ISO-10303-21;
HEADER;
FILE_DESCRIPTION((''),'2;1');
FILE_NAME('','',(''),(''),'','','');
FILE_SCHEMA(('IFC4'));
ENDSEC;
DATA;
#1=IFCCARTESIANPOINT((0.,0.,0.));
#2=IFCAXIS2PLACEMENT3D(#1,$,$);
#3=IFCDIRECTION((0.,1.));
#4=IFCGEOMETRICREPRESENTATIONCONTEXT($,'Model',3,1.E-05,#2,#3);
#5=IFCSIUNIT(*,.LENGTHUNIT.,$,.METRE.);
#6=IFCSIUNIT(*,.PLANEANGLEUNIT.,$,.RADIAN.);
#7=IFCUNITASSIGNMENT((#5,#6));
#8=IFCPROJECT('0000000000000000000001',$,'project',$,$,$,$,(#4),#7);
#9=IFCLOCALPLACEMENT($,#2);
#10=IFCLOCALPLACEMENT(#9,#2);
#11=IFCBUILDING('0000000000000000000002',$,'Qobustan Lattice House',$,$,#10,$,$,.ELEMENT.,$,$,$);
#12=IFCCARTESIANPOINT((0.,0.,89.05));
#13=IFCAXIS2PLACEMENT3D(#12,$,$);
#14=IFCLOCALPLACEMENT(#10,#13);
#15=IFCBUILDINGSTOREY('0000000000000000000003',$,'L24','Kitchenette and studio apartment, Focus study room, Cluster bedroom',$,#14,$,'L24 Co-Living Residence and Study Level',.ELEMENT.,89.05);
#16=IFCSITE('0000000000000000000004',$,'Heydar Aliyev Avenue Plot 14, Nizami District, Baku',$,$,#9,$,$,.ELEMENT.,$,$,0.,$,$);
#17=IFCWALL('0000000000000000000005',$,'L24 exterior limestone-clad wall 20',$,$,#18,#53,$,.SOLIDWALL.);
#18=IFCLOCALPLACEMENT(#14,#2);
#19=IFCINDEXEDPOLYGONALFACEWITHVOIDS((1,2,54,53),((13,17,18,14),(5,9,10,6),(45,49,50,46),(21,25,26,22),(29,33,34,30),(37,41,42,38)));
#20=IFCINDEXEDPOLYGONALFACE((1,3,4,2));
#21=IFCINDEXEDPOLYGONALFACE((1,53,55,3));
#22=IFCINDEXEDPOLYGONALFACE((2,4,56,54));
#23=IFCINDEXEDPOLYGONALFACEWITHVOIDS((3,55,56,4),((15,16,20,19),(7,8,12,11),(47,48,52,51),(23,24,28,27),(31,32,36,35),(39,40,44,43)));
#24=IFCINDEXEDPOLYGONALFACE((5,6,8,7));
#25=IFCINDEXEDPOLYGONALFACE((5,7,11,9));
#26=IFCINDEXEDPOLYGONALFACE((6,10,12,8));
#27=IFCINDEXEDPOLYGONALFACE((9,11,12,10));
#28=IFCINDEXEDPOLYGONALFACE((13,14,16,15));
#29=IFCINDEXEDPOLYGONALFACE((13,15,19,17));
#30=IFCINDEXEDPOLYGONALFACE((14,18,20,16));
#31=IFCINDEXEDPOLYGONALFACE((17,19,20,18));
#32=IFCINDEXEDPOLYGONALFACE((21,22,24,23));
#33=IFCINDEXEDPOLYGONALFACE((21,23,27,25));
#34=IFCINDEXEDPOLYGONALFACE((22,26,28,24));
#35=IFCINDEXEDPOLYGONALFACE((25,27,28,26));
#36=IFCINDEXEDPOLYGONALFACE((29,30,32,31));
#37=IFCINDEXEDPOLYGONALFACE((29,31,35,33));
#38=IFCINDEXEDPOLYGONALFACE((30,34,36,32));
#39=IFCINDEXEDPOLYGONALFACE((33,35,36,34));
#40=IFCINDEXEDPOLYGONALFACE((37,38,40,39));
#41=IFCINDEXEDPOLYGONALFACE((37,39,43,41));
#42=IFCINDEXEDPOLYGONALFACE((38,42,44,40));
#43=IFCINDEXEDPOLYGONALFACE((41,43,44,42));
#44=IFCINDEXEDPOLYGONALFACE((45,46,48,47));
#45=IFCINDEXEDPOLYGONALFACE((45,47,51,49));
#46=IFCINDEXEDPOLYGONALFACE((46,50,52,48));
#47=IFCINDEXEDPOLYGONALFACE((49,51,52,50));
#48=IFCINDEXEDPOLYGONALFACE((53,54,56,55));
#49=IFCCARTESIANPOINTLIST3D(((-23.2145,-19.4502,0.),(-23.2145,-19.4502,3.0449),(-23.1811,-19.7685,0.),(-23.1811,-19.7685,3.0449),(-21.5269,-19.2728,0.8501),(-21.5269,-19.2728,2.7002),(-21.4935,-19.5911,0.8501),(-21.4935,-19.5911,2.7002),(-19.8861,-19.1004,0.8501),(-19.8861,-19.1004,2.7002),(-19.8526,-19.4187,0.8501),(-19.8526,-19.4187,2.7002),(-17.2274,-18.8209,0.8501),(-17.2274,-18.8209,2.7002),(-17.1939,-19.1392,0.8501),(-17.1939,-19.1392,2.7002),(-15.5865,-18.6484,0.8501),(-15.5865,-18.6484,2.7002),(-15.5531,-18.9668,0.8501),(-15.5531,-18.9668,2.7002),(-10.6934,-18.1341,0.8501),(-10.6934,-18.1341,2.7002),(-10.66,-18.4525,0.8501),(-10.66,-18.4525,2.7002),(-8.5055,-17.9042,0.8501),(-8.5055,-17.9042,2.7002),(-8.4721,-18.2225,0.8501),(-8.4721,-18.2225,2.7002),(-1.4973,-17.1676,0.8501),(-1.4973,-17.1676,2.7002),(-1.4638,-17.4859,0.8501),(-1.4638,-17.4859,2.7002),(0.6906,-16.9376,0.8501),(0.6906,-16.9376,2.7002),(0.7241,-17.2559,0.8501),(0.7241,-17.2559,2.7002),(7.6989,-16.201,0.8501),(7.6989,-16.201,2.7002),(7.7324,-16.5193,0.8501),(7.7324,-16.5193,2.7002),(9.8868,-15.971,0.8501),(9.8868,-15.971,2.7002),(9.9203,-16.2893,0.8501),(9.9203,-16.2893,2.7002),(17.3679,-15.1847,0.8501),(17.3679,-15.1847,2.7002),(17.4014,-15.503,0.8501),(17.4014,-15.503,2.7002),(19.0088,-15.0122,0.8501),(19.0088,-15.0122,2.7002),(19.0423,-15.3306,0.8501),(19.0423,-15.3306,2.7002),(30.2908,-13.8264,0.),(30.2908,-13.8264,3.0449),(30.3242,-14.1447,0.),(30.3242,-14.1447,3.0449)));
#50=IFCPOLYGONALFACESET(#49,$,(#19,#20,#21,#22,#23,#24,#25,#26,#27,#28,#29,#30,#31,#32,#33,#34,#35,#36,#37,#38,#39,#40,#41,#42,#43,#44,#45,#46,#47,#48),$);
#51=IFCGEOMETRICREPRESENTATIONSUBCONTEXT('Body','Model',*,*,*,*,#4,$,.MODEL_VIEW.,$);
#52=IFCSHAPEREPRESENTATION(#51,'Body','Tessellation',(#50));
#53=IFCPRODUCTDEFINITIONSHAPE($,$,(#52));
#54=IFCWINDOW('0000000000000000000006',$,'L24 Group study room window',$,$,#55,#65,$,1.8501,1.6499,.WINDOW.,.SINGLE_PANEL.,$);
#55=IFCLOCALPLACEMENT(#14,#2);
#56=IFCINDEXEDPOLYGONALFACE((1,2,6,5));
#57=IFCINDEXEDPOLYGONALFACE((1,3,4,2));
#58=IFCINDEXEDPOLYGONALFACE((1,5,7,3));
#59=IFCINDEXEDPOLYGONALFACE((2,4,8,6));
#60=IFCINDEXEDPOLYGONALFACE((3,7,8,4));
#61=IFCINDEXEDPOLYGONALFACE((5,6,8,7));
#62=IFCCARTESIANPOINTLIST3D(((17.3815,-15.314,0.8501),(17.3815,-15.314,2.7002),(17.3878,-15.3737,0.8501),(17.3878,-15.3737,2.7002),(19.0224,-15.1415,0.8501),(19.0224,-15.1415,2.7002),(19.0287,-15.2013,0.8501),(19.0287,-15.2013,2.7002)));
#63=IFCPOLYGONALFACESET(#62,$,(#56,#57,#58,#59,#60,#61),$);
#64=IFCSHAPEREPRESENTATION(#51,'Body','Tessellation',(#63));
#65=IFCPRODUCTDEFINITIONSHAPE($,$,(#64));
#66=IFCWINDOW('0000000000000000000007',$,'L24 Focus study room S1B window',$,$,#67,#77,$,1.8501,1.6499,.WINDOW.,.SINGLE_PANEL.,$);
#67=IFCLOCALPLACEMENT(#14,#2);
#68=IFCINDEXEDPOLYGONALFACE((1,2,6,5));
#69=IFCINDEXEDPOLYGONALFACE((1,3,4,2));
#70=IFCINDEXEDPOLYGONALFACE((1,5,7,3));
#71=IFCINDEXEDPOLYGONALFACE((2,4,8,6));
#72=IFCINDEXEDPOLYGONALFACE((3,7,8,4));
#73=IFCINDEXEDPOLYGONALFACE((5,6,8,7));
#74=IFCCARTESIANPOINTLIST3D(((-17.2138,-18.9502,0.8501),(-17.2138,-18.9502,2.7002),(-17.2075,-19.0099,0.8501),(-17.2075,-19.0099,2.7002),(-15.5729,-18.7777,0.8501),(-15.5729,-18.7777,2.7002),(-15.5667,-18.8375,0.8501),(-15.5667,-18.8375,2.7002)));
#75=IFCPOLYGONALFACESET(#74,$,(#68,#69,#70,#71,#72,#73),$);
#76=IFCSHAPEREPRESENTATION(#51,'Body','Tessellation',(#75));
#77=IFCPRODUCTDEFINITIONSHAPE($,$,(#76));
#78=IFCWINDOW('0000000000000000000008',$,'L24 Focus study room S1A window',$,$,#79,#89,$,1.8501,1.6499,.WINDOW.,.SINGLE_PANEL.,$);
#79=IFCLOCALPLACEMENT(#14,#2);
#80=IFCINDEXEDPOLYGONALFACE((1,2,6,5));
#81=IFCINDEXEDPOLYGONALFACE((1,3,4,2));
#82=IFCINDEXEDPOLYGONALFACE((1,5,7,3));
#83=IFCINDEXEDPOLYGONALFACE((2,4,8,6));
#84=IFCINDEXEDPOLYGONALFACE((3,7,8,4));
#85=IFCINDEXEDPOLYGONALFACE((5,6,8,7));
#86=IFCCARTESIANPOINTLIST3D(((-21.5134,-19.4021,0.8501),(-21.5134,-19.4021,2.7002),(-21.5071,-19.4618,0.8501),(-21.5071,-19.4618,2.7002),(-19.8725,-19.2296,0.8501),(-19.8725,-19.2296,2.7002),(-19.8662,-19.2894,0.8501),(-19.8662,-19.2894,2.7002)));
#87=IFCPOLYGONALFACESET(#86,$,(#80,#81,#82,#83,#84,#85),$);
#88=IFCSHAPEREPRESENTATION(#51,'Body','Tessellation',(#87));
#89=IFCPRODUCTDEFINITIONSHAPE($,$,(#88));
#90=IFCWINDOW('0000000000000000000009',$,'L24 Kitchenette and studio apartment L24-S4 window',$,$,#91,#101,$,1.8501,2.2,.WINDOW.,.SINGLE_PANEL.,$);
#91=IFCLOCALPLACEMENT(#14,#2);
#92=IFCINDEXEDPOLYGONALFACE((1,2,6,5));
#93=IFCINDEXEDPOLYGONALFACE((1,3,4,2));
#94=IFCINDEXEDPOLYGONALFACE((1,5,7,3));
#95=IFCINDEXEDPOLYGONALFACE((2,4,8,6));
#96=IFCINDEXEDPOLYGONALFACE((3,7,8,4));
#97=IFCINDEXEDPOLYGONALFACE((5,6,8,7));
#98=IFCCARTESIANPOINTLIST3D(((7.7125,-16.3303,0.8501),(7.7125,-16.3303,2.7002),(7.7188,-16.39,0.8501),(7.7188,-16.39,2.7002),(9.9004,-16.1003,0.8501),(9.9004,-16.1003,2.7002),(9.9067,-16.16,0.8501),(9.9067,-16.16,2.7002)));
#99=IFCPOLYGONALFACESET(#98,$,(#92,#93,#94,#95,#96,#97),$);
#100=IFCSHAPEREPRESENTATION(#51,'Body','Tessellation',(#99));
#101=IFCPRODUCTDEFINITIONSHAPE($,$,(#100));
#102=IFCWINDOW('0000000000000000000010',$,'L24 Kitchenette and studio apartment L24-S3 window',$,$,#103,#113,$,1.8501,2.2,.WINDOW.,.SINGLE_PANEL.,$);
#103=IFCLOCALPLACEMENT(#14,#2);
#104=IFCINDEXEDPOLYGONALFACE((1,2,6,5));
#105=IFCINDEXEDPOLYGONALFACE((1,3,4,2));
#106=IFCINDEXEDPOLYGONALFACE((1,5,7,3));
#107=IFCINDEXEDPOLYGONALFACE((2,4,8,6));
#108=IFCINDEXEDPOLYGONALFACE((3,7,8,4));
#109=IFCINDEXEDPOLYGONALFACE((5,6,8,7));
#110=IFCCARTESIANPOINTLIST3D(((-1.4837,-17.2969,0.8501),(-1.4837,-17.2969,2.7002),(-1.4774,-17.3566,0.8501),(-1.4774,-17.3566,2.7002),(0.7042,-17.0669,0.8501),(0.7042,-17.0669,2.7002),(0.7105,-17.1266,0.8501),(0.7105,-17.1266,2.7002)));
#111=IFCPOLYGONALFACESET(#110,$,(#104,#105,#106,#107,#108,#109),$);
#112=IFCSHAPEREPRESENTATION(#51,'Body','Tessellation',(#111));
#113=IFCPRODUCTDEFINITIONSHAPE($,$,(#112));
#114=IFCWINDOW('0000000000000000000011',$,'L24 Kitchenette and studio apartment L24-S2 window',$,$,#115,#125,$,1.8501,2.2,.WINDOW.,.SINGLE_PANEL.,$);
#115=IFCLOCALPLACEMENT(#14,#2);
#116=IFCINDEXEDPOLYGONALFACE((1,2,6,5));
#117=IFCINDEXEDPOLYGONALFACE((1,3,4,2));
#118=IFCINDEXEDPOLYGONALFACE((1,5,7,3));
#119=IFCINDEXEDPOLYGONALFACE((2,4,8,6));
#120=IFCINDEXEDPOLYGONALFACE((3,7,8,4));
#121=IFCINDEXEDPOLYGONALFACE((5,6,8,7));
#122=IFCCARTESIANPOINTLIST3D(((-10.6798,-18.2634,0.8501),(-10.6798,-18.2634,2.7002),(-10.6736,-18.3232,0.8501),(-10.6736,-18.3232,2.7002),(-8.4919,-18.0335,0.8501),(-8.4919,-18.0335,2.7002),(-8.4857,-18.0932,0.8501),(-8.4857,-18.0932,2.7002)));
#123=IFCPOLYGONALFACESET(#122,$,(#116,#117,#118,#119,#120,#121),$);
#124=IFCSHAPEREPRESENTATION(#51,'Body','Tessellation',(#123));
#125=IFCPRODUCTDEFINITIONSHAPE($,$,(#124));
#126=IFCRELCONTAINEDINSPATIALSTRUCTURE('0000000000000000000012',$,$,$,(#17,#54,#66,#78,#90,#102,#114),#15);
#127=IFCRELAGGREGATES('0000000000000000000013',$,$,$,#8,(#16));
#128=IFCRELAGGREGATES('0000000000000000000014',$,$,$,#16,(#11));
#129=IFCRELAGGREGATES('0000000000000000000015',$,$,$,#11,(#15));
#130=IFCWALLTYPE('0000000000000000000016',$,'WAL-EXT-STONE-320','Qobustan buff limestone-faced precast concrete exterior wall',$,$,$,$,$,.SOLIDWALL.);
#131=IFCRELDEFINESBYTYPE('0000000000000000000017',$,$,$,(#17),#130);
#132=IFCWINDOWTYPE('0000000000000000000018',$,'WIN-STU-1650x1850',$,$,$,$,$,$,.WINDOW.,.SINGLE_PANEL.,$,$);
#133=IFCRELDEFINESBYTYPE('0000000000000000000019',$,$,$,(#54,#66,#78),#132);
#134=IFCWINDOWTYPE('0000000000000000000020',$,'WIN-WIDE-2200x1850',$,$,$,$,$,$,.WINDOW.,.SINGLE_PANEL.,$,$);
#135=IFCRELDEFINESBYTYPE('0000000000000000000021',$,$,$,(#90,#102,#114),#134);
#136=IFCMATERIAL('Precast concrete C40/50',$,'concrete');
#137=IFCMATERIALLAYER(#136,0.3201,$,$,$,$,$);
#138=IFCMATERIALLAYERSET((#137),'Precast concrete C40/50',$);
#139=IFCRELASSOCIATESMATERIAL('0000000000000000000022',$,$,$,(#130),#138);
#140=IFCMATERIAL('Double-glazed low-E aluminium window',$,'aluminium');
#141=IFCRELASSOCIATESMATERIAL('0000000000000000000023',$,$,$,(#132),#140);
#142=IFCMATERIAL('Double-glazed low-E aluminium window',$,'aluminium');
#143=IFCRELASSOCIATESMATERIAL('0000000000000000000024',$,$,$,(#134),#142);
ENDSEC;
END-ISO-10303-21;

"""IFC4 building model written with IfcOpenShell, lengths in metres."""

from ifc_helpers import new_model, si_unit, direction, frame, frame_2d, origin, place, context, subcontext, project, spatial, rectangle, extrude, material, layer, layer_set, type_object, element, fill, save


model = new_model("IFC4")

# Units and contexts
model_context = context("Model", 3, precision=1e-05, world=origin(), true_north=direction((0.0, 1.0)))
body_context = subcontext(model_context, "Body", "Model", "MODEL_VIEW")
ifc_project = project(units=[si_unit("LENGTHUNIT", "METRE"), si_unit("PLANEANGLEUNIT", "RADIAN")], contexts=[model_context])

# Site, building, storey
site_placement = place(None, origin())
site = spatial("IfcSite", under=ifc_project, at=site_placement, Name="Heydar Aliyev Avenue Plot 14, Nizami District, Baku", CompositionType="ELEMENT", RefElevation=0.0)
building_placement = place(site_placement, origin())
building = spatial("IfcBuilding", under=site, at=building_placement, Name="Qobustan Lattice House", CompositionType="ELEMENT")
storey_placement = place(building_placement, frame((0.0, 0.0, 89.05)))
storey = spatial("IfcBuildingStorey", under=building, at=storey_placement, Name="L24", Description="Kitchenette and studio apartment, Focus study room, Cluster bedroom", LongName="L24 Co-Living Residence and Study Level", CompositionType="ELEMENT", Elevation=89.05)

# Shared definitions
ifc_material_1 = material(Name="Precast concrete C40/50", Category="concrete")
ifc_layer_1 = layer(ifc_material_1, 0.3201)
ifc_layer_set_1 = layer_set([ifc_layer_1], Name="Precast concrete C40/50")
wall_type = type_object("IfcWallType", Name="WAL-EXT-STONE-320", Description="Qobustan buff limestone-faced precast concrete exterior wall", PredefinedType="SOLIDWALL", material=ifc_layer_set_1)

# Wall, openings, windows
wall_1_placement = place(storey_placement, frame((30.3074, -13.9856, 0.0), z_axis=(0.0, 0.0, 1.0), x_axis=(-0.994522, -0.104531, 0.0)))
wall_1 = element("IfcWall", 1, at=wall_1_placement, inside=storey, type_object=wall_type, Name="L24 exterior limestone-clad wall 20", PredefinedType="SOLIDWALL", context=body_context, shape_type="SweptSolid", body=[
    extrude(rectangle(XDim=53.8, YDim=0.3201, at=frame_2d((26.8999, 0.0))), origin(), (0.0, 0.0, 1.0), 3.0449),
])
opening_1_placement = place(wall_1_placement, frame((11.344, 0.0, 0.8501)))
opening_1 = element("IfcOpeningElement", 2, at=opening_1_placement, cuts=wall_1, PredefinedType="OPENING", context=body_context, shape_type="SweptSolid", body=[
    extrude(rectangle(XDim=1.6499, YDim=1.8501, at=frame_2d((0.825, 0.925))), frame((0.0, 0.1699, 0.0), z_axis=(0.0, -1.0, 0.0), x_axis=(1.0, 0.0, 0.0)), (0.0, 0.0, 1.0), 0.3401),
])
opening_2_placement = place(wall_1_placement, frame((20.5161, 0.0, 0.8501)))
opening_2 = element("IfcOpeningElement", 3, at=opening_2_placement, cuts=wall_1, PredefinedType="OPENING", context=body_context, shape_type="SweptSolid", body=[
    extrude(rectangle(XDim=2.2, YDim=1.8501, at=frame_2d((1.1001, 0.925))), frame((0.0, 0.1699, 0.0), z_axis=(0.0, -1.0, 0.0), x_axis=(1.0, 0.0, 0.0)), (0.0, 0.0, 1.0), 0.3401),
])
opening_3_placement = place(wall_1_placement, frame((29.7629, 0.0, 0.8501)))
opening_3 = element("IfcOpeningElement", 4, at=opening_3_placement, cuts=wall_1, PredefinedType="OPENING", context=body_context, shape_type="SweptSolid", body=[
    extrude(rectangle(XDim=2.2, YDim=1.8501, at=frame_2d((1.1001, 0.925))), frame((0.0, 0.1699, 0.0), z_axis=(0.0, -1.0, 0.0), x_axis=(1.0, 0.0, 0.0)), (0.0, 0.0, 1.0), 0.3401),
])
opening_4_placement = place(wall_1_placement, frame((39.0098, 0.0, 0.8501)))
opening_4 = element("IfcOpeningElement", 5, at=opening_4_placement, cuts=wall_1, PredefinedType="OPENING", context=body_context, shape_type="SweptSolid", body=[
    extrude(rectangle(XDim=2.2, YDim=1.8501, at=frame_2d((1.1001, 0.925))), frame((0.0, 0.1699, 0.0), z_axis=(0.0, -1.0, 0.0), x_axis=(1.0, 0.0, 0.0)), (0.0, 0.0, 1.0), 0.3401),
])
opening_5_placement = place(wall_1_placement, frame((46.1299, 0.0, 0.8501)))
opening_5 = element("IfcOpeningElement", 6, at=opening_5_placement, cuts=wall_1, PredefinedType="OPENING", context=body_context, shape_type="SweptSolid", body=[
    extrude(rectangle(XDim=1.6499, YDim=1.8501, at=frame_2d((0.825, 0.925))), frame((0.0, 0.1699, 0.0), z_axis=(0.0, -1.0, 0.0), x_axis=(1.0, 0.0, 0.0)), (0.0, 0.0, 1.0), 0.3401),
])
opening_6_placement = place(wall_1_placement, frame((50.4531, 0.0, 0.8501)))
opening_6 = element("IfcOpeningElement", 7, at=opening_6_placement, cuts=wall_1, PredefinedType="OPENING", context=body_context, shape_type="SweptSolid", body=[
    extrude(rectangle(XDim=1.6499, YDim=1.8501, at=frame_2d((0.825, 0.925))), frame((0.0, 0.1699, 0.0), z_axis=(0.0, -1.0, 0.0), x_axis=(1.0, 0.0, 0.0)), (0.0, 0.0, 1.0), 0.3401),
])
ifc_material_2 = material(Name="Double-glazed low-E aluminium window", Category="aluminium")
window_type_1 = type_object("IfcWindowType", Name="WIN-STU-1650x1850", PartitioningType="SINGLE_PANEL", PredefinedType="WINDOW", material=ifc_material_2)
window_1_placement = place(opening_1_placement, origin())
window_1 = element("IfcWindow", 8, at=window_1_placement, inside=storey, type_object=window_type_1, Name="L24 Group study room window", OverallHeight=1.8501, OverallWidth=1.6499, PartitioningType="SINGLE_PANEL", PredefinedType="WINDOW", context=body_context, shape_type="SweptSolid", body=[
    extrude(rectangle(XDim=1.6499, YDim=1.8501, at=frame_2d((0.825, 0.925))), frame((0.0, 0.03, 0.0), z_axis=(0.0, -1.0, 0.0), x_axis=(1.0, 0.0, 0.0)), (0.0, 0.0, 1.0), 0.0601),
])
fill(opening_1, window_1)
window_2_placement = place(opening_5_placement, origin())
window_2 = element("IfcWindow", 9, at=window_2_placement, inside=storey, type_object=window_type_1, Name="L24 Focus study room S1B window", OverallHeight=1.8501, OverallWidth=1.6499, PartitioningType="SINGLE_PANEL", PredefinedType="WINDOW", context=body_context, shape_type="SweptSolid", body=[
    extrude(rectangle(XDim=1.6499, YDim=1.8501, at=frame_2d((0.825, 0.925))), frame((0.0, 0.03, 0.0), z_axis=(0.0, -1.0, 0.0), x_axis=(1.0, 0.0, 0.0)), (0.0, 0.0, 1.0), 0.0601),
])
fill(opening_5, window_2)
window_3_placement = place(opening_6_placement, origin())
window_3 = element("IfcWindow", 10, at=window_3_placement, inside=storey, type_object=window_type_1, Name="L24 Focus study room S1A window", OverallHeight=1.8501, OverallWidth=1.6499, PartitioningType="SINGLE_PANEL", PredefinedType="WINDOW", context=body_context, shape_type="SweptSolid", body=[
    extrude(rectangle(XDim=1.6499, YDim=1.8501, at=frame_2d((0.825, 0.925))), frame((0.0, 0.03, 0.0), z_axis=(0.0, -1.0, 0.0), x_axis=(1.0, 0.0, 0.0)), (0.0, 0.0, 1.0), 0.0601),
])
fill(opening_6, window_3)
ifc_material_3 = material(Name="Double-glazed low-E aluminium window", Category="aluminium")
window_type_2 = type_object("IfcWindowType", Name="WIN-WIDE-2200x1850", PartitioningType="SINGLE_PANEL", PredefinedType="WINDOW", material=ifc_material_3)
window_4_placement = place(opening_2_placement, origin())
window_4 = element("IfcWindow", 11, at=window_4_placement, inside=storey, type_object=window_type_2, Name="L24 Kitchenette and studio apartment L24-S4 window", OverallHeight=1.8501, OverallWidth=2.2, PartitioningType="SINGLE_PANEL", PredefinedType="WINDOW", context=body_context, shape_type="SweptSolid", body=[
    extrude(rectangle(XDim=2.2, YDim=1.8501, at=frame_2d((1.1001, 0.925))), frame((0.0, 0.03, 0.0), z_axis=(0.0, -1.0, 0.0), x_axis=(1.0, 0.0, 0.0)), (0.0, 0.0, 1.0), 0.0601),
])
fill(opening_2, window_4)
window_5_placement = place(opening_3_placement, origin())
window_5 = element("IfcWindow", 12, at=window_5_placement, inside=storey, type_object=window_type_2, Name="L24 Kitchenette and studio apartment L24-S3 window", OverallHeight=1.8501, OverallWidth=2.2, PartitioningType="SINGLE_PANEL", PredefinedType="WINDOW", context=body_context, shape_type="SweptSolid", body=[
    extrude(rectangle(XDim=2.2, YDim=1.8501, at=frame_2d((1.1001, 0.925))), frame((0.0, 0.03, 0.0), z_axis=(0.0, -1.0, 0.0), x_axis=(1.0, 0.0, 0.0)), (0.0, 0.0, 1.0), 0.0601),
])
fill(opening_3, window_5)
window_6_placement = place(opening_4_placement, origin())
window_6 = element("IfcWindow", 13, at=window_6_placement, inside=storey, type_object=window_type_2, Name="L24 Kitchenette and studio apartment L24-S2 window", OverallHeight=1.8501, OverallWidth=2.2, PartitioningType="SINGLE_PANEL", PredefinedType="WINDOW", context=body_context, shape_type="SweptSolid", body=[
    extrude(rectangle(XDim=2.2, YDim=1.8501, at=frame_2d((1.1001, 0.925))), frame((0.0, 0.03, 0.0), z_axis=(0.0, -1.0, 0.0), x_axis=(1.0, 0.0, 0.0)), (0.0, 0.0, 1.0), 0.0601),
])
fill(opening_4, window_6)

save(model, "model.ifc")
